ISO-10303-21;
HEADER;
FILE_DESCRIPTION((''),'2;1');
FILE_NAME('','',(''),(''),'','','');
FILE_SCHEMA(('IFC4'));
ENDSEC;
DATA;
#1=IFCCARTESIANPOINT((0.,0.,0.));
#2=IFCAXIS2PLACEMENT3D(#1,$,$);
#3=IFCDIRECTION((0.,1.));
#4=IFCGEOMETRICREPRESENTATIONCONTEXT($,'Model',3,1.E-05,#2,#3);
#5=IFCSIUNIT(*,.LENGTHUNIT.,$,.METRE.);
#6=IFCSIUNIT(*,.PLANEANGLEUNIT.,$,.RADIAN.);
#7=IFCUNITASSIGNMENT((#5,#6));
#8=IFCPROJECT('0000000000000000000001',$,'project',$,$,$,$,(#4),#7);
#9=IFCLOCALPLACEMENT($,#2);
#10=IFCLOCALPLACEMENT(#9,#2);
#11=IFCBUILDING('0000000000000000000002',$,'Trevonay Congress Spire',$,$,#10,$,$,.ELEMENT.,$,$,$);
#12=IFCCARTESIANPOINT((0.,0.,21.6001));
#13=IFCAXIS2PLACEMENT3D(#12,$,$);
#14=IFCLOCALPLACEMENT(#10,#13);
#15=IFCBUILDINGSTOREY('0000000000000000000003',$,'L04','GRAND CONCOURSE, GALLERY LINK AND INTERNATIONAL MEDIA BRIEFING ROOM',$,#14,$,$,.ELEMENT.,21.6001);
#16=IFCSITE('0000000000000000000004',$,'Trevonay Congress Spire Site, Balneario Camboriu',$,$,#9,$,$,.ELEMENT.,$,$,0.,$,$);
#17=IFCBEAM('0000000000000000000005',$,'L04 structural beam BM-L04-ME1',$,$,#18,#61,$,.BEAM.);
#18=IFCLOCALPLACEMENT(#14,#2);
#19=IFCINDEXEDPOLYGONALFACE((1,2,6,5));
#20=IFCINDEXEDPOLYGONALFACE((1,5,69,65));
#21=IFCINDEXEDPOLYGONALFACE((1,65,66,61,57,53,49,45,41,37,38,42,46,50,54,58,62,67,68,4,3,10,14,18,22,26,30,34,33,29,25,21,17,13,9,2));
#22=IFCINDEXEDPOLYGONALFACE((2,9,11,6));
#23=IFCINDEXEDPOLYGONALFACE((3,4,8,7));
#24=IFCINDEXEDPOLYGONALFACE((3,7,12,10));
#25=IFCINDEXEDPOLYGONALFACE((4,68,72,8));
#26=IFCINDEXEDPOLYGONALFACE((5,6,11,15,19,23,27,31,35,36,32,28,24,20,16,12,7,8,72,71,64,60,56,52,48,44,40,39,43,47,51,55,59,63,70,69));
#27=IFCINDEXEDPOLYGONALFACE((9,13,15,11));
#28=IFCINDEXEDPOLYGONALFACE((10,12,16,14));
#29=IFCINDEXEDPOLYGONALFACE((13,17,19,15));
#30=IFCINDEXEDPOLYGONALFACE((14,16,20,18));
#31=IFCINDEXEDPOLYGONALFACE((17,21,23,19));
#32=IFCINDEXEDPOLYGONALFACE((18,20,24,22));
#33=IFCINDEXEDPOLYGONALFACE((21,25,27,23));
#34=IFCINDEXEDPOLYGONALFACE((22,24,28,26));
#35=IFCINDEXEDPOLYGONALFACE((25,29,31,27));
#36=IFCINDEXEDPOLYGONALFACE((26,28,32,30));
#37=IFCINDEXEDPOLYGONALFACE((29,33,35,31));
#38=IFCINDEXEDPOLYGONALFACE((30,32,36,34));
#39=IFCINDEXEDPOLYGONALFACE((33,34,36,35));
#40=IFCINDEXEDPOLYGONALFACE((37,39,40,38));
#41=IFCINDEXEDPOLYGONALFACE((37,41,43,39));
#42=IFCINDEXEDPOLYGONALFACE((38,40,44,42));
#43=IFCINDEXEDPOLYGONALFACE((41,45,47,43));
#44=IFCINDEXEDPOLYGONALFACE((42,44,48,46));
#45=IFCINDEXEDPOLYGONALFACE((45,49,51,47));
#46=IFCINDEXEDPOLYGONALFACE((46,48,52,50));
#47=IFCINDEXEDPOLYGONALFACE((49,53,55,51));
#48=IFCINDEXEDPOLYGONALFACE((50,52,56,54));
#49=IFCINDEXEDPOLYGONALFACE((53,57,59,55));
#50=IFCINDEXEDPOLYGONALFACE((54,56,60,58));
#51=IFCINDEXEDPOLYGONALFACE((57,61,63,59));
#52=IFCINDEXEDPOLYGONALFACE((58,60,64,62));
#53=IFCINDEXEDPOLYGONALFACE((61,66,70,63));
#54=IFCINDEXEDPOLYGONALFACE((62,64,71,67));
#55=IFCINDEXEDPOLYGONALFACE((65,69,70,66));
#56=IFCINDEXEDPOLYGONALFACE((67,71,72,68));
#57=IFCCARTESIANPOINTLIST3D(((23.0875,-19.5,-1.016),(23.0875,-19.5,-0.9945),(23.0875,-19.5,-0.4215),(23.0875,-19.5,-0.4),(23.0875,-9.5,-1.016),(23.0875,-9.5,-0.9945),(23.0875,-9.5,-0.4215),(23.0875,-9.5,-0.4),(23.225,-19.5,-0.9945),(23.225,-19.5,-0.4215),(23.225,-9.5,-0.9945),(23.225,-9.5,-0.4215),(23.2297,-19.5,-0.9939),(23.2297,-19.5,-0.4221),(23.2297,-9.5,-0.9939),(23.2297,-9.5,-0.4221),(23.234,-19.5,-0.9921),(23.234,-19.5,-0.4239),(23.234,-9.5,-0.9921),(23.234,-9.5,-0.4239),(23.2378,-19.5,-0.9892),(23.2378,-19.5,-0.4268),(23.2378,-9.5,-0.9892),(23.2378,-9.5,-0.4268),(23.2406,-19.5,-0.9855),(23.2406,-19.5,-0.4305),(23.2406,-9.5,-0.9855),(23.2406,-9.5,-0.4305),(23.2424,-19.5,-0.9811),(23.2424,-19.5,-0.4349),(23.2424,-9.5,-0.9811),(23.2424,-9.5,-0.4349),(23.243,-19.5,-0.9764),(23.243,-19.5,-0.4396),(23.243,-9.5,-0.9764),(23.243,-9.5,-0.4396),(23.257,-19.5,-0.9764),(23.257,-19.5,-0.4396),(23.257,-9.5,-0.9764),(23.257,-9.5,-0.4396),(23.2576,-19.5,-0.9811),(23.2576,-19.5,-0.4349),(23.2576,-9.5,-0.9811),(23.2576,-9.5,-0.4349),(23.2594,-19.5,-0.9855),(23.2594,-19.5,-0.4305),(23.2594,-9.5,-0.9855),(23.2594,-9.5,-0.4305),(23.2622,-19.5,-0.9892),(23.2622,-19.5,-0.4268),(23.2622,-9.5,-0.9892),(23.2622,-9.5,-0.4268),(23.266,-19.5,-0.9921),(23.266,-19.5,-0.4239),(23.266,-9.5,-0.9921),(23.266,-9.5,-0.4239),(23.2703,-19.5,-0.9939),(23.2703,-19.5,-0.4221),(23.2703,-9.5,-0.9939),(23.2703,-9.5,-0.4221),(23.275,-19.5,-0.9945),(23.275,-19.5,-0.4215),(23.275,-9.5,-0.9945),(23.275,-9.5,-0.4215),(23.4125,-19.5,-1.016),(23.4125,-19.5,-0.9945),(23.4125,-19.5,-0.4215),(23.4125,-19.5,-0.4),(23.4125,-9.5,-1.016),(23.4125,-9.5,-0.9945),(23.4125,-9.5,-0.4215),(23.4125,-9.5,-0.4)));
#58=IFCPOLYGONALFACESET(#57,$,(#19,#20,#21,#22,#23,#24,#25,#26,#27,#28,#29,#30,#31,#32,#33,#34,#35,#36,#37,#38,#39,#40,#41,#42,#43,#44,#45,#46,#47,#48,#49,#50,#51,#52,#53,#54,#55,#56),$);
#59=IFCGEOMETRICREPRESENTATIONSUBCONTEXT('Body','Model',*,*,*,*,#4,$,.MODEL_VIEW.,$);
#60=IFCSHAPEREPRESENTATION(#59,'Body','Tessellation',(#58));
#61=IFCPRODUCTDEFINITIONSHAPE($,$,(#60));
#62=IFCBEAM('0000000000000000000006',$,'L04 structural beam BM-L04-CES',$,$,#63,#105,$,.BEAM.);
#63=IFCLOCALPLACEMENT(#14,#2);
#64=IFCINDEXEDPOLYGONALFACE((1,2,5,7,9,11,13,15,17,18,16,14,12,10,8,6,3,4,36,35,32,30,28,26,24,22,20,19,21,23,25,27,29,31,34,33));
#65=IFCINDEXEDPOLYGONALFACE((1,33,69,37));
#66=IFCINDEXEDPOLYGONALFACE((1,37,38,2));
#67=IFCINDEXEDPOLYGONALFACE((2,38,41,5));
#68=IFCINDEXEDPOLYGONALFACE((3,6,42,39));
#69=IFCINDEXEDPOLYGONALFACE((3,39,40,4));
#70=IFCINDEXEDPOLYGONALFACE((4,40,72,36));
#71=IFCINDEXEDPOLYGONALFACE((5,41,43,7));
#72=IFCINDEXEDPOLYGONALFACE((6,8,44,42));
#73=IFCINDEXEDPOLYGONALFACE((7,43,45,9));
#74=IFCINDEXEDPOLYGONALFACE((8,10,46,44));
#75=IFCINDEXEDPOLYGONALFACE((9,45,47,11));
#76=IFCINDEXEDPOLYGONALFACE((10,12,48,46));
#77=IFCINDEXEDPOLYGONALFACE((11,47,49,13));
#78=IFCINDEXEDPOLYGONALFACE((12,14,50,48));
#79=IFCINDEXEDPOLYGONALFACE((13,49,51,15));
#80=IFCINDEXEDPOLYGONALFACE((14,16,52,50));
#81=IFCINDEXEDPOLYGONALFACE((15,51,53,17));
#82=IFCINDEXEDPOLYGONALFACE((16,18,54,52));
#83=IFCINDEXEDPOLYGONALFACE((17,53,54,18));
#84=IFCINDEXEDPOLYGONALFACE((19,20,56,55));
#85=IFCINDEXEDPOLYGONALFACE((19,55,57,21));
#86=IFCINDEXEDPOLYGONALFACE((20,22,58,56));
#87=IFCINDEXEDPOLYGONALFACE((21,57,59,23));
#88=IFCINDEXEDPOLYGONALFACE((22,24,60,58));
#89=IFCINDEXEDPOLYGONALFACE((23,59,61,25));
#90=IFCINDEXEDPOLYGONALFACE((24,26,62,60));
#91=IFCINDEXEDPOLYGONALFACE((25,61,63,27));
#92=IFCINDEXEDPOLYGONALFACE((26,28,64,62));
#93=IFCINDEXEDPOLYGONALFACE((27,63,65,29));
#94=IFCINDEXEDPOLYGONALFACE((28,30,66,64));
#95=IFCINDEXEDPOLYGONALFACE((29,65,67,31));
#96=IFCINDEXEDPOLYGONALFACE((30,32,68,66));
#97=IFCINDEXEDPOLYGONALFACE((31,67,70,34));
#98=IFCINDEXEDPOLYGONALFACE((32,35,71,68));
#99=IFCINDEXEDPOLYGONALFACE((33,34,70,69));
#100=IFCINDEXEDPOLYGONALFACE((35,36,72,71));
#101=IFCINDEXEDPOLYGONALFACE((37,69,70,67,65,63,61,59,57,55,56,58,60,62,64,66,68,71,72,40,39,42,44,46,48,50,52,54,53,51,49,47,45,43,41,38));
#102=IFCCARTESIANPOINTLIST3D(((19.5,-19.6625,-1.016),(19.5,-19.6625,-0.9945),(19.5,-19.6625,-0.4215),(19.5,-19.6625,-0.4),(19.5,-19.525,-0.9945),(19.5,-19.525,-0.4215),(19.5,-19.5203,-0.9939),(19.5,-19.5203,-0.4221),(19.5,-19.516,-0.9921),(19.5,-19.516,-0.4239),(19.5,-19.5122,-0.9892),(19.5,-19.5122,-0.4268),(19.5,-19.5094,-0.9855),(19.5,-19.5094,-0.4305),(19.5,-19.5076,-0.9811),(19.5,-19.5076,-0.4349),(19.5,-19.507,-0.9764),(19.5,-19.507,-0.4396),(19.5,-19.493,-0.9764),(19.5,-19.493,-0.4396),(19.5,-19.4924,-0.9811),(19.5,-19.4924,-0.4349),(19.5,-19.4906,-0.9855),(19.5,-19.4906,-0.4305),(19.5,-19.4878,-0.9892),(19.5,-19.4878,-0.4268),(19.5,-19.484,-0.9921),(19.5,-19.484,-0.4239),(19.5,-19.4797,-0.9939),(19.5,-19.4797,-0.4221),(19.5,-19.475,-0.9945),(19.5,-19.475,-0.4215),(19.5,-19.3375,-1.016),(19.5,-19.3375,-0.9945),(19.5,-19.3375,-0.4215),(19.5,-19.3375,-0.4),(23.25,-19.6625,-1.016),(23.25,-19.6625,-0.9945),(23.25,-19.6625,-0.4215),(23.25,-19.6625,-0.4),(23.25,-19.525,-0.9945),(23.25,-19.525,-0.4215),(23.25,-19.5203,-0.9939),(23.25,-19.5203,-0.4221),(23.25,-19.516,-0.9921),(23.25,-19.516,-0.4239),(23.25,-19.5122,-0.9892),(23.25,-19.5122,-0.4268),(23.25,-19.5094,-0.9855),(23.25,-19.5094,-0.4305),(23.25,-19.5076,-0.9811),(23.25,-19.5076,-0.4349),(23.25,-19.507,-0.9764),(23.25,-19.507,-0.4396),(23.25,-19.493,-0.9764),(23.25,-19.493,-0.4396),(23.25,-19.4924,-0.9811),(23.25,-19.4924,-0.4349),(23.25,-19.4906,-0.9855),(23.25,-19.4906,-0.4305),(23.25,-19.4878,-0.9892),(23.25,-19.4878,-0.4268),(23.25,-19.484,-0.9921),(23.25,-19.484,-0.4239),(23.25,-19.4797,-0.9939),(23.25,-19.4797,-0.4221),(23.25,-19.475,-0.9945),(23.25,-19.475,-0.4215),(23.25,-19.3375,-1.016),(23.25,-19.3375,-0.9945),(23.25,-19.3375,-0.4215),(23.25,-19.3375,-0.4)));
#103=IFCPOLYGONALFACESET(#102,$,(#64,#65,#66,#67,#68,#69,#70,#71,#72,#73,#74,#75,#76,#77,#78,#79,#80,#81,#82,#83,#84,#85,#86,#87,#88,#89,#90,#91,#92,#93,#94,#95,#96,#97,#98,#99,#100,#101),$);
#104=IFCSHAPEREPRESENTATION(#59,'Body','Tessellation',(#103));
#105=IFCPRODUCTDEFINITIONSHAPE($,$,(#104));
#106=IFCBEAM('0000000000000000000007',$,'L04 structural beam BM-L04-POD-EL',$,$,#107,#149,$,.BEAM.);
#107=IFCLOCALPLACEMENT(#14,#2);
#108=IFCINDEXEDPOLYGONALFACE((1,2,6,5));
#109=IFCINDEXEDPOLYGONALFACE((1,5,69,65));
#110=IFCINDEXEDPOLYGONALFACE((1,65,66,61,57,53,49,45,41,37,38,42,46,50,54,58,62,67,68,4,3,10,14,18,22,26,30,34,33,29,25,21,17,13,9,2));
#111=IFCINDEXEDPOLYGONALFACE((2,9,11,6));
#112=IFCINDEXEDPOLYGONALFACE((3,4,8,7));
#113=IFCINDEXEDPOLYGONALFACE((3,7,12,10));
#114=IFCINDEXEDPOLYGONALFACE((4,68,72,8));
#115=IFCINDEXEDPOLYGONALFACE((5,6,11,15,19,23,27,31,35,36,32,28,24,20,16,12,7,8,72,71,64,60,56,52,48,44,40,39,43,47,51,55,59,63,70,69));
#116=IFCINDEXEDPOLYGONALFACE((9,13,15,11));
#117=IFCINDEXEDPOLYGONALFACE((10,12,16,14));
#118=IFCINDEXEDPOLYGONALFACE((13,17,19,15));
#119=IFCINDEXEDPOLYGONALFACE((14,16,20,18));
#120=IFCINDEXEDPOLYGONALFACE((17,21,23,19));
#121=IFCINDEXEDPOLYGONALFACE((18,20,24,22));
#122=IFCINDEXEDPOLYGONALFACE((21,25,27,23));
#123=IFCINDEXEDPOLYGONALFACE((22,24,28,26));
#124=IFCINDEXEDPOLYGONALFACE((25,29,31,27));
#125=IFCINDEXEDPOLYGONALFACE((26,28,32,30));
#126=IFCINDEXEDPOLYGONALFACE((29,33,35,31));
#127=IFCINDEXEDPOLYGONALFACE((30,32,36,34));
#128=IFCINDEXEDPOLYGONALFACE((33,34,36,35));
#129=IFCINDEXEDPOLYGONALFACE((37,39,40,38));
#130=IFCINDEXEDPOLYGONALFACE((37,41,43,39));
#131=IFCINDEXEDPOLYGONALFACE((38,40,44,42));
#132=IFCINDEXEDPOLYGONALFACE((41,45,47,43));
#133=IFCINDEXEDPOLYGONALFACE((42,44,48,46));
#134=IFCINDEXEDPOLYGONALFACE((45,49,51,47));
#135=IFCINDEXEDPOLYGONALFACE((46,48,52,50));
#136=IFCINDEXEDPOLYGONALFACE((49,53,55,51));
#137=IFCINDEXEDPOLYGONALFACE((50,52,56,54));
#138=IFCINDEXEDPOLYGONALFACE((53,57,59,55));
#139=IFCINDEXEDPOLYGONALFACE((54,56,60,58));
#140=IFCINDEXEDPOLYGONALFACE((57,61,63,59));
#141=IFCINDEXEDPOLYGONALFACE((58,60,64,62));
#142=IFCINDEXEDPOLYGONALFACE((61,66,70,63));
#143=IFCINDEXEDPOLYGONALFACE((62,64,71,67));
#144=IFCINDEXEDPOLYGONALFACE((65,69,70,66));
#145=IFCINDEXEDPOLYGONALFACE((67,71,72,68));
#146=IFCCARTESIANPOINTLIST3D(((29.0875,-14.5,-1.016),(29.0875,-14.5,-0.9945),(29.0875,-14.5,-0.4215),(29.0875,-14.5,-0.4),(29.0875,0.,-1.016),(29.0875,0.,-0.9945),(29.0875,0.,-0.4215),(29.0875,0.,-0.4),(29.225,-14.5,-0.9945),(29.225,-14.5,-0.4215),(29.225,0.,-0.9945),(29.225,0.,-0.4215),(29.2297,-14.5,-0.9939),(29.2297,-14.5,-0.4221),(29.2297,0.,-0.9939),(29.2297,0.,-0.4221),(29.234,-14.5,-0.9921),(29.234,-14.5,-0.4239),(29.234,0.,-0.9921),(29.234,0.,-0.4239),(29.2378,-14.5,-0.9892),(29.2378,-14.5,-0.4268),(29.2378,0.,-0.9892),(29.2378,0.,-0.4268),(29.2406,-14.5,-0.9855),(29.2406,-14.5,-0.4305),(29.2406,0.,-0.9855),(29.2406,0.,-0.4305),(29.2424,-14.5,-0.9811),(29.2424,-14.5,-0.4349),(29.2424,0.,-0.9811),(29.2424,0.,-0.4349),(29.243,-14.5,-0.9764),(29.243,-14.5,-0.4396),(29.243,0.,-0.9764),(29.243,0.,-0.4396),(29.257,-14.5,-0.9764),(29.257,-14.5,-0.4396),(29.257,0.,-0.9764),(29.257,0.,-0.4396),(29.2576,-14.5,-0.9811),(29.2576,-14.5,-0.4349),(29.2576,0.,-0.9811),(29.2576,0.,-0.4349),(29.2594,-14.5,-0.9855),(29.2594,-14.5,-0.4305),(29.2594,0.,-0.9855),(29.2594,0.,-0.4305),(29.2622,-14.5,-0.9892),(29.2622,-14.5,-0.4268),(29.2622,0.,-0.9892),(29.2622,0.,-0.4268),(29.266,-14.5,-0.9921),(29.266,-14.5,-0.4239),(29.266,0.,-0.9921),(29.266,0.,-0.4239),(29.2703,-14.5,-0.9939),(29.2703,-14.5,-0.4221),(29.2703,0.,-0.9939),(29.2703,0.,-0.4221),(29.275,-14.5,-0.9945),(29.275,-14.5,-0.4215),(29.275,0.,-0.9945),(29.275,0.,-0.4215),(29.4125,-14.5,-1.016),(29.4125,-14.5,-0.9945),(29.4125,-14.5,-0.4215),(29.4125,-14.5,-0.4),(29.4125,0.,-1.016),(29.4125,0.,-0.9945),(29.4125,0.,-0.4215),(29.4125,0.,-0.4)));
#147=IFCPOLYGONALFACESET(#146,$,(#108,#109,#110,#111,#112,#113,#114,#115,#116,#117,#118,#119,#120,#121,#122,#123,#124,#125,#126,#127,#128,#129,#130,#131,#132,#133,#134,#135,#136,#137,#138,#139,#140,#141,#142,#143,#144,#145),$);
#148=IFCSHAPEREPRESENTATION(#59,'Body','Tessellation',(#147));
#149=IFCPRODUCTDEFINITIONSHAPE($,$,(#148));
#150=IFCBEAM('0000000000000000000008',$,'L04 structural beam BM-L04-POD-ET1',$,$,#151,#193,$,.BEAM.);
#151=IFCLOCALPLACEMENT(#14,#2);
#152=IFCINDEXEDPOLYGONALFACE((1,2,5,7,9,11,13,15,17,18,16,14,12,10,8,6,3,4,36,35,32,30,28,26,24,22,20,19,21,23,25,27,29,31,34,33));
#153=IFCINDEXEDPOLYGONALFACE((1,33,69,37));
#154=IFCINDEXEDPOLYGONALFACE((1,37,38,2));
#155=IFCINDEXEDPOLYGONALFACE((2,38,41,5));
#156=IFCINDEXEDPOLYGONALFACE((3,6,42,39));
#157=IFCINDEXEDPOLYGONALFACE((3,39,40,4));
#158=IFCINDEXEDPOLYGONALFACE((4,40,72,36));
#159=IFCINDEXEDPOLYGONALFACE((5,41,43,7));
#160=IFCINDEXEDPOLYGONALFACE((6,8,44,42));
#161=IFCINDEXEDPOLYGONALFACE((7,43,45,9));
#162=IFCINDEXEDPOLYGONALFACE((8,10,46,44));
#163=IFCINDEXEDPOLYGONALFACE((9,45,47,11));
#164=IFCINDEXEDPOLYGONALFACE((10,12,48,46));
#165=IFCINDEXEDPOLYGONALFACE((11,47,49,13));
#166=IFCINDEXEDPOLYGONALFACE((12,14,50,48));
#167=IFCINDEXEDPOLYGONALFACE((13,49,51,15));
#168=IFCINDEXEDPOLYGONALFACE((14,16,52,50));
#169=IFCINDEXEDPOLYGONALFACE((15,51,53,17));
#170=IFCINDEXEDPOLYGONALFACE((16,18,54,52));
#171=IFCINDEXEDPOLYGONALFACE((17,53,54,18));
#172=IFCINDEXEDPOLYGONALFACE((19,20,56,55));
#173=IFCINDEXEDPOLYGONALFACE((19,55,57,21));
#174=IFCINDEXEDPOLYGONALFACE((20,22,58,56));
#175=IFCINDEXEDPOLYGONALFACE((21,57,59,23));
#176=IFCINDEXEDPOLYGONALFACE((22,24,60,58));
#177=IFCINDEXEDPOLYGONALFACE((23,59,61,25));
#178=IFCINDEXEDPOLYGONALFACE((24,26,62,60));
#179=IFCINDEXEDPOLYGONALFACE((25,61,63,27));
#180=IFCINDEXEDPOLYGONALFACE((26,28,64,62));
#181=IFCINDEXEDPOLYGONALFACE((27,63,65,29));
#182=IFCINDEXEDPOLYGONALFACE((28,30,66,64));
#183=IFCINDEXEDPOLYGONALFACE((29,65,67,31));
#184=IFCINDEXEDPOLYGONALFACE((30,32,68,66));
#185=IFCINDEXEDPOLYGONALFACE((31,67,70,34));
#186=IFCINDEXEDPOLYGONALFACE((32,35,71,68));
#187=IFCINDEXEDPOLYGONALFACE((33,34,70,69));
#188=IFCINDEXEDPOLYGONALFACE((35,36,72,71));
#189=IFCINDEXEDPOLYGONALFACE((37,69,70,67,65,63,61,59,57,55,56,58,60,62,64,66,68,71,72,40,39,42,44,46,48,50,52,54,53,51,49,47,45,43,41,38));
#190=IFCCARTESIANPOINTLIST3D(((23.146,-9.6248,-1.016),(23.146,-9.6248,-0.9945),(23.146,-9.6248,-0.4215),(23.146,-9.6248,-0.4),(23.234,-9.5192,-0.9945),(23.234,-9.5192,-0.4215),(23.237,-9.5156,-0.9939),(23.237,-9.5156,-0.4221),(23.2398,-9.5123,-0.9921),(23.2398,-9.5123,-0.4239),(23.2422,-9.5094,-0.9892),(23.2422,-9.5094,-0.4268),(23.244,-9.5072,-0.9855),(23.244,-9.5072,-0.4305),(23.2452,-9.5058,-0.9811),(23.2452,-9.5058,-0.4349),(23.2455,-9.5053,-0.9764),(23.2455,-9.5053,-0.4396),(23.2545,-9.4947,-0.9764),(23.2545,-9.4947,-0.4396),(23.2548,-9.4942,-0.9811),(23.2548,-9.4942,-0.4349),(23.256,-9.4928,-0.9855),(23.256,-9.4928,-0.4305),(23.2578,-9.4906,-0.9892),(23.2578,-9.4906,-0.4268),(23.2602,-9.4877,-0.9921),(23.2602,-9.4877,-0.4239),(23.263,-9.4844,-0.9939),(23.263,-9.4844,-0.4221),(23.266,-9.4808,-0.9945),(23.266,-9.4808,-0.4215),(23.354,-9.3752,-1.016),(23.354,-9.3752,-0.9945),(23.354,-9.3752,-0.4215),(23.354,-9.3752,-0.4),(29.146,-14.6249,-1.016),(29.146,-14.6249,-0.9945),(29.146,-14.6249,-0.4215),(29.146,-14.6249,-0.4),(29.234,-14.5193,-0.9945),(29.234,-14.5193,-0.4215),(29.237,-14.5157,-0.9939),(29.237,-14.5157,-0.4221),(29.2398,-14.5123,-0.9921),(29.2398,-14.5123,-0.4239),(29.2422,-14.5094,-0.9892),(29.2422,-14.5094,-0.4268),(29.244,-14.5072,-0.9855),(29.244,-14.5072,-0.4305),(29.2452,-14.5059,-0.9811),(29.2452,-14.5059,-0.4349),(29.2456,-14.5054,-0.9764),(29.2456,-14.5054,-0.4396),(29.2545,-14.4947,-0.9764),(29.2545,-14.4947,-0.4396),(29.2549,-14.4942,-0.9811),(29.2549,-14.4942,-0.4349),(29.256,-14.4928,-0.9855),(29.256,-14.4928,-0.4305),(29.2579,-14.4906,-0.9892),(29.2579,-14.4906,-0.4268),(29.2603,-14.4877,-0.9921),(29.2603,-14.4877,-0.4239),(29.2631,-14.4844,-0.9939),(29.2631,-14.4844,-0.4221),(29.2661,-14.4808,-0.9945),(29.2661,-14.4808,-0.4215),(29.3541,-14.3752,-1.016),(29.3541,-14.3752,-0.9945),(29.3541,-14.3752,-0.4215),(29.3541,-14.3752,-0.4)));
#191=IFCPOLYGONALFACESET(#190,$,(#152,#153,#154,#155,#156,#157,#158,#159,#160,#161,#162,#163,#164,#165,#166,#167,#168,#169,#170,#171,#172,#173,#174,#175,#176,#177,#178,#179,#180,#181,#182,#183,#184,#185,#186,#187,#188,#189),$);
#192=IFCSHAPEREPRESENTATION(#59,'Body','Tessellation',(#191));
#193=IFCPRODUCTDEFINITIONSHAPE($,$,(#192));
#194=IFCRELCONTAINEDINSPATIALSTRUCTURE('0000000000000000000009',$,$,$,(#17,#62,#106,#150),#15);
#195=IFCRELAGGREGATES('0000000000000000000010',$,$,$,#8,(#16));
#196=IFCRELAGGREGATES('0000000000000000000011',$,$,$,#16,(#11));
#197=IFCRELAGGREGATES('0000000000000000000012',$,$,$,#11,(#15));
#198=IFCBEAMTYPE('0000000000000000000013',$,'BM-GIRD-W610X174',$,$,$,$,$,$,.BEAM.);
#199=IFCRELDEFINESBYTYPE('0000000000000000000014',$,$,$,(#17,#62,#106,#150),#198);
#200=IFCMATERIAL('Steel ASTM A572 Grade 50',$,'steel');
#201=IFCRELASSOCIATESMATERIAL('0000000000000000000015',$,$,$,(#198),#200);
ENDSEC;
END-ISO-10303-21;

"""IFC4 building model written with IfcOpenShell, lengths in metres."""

from ifc_helpers import new_model, si_unit, direction, frame, origin, origin_2d, place, context, subcontext, project, spatial, i_section, extrude, material, material_profile, profile_set, type_object, element, save


model = new_model("IFC4")

# Units and contexts
model_context = context("Model", 3, precision=1e-05, world=origin(), true_north=direction((0.0, 1.0)))
body_context = subcontext(model_context, "Body", "Model", "MODEL_VIEW")
ifc_project = project(units=[si_unit("LENGTHUNIT", "METRE"), si_unit("PLANEANGLEUNIT", "RADIAN")], contexts=[model_context])

# Site, building, storey
site_placement = place(None, origin())
site = spatial("IfcSite", under=ifc_project, at=site_placement, Name="Trevonay Congress Spire Site, Balneario Camboriu", CompositionType="ELEMENT", RefElevation=0.0)
building_placement = place(site_placement, origin())
building = spatial("IfcBuilding", under=site, at=building_placement, Name="Trevonay Congress Spire", CompositionType="ELEMENT")
storey_placement = place(building_placement, frame((0.0, 0.0, 21.6001)))
storey = spatial("IfcBuildingStorey", under=building, at=storey_placement, Name="L04", Description="GRAND CONCOURSE, GALLERY LINK AND INTERNATIONAL MEDIA BRIEFING ROOM", CompositionType="ELEMENT", Elevation=21.6001)

# Shared definitions
ifc_material_1 = material(Name="Steel ASTM A572 Grade 50", Category="steel")

# Beams
ifc_material_profile_1 = material_profile(ifc_material_1, i_section(OverallWidth=0.325, OverallDepth=0.616, WebThickness=0.0139, FlangeThickness=0.0215, FilletRadius=0.0181, at=origin_2d()), Name="W610x174")
ifc_profile_set_1 = profile_set([ifc_material_profile_1], Name="Steel ASTM A572 Grade 50")
beam_type_1 = type_object("IfcBeamType", Name="BM-GIRD-W610X174", PredefinedType="BEAM", material=ifc_profile_set_1)
beam_1_placement = place(storey_placement, frame((23.25, -19.5, -0.708), z_axis=(0.0, 1.0, 0.0), x_axis=(-1.0, 0.0, 0.0)))
element("IfcBeam", 1, at=beam_1_placement, inside=storey, type_object=beam_type_1, Name="L04 structural beam BM-L04-ME1", PredefinedType="BEAM", context=body_context, shape_type="SweptSolid", body=[
    extrude(i_section(OverallWidth=0.325, OverallDepth=0.616, WebThickness=0.0139, FlangeThickness=0.0215, FilletRadius=0.0181, at=origin_2d()), origin(), (0.0, 0.0, 1.0), 10.0),
])
beam_2_placement = place(storey_placement, frame((23.25, -19.5, -0.708), z_axis=(-1.0, 0.0, 0.0), x_axis=(0.0, -1.0, 0.0)))
element("IfcBeam", 2, at=beam_2_placement, inside=storey, type_object=beam_type_1, Name="L04 structural beam BM-L04-CES", PredefinedType="BEAM", context=body_context, shape_type="SweptSolid", body=[
    extrude(i_section(OverallWidth=0.325, OverallDepth=0.616, WebThickness=0.0139, FlangeThickness=0.0215, FilletRadius=0.0181, at=origin_2d()), origin(), (0.0, 0.0, 1.0), 3.75),
])
beam_3_placement = place(storey_placement, frame((29.25, -14.5, -0.708), z_axis=(0.0, 1.0, 0.0), x_axis=(-1.0, 0.0, 0.0)))
element("IfcBeam", 3, at=beam_3_placement, inside=storey, type_object=beam_type_1, Name="L04 structural beam BM-L04-POD-EL", PredefinedType="BEAM", context=body_context, shape_type="SweptSolid", body=[
    extrude(i_section(OverallWidth=0.325, OverallDepth=0.616, WebThickness=0.0139, FlangeThickness=0.0215, FilletRadius=0.0181, at=origin_2d()), origin(), (0.0, 0.0, 1.0), 14.5),
])
beam_4_placement = place(storey_placement, frame((23.25, -9.5, -0.708), z_axis=(0.768221, -0.640184, 0.0), x_axis=(0.640184, 0.768221, 0.0)))
element("IfcBeam", 4, at=beam_4_placement, inside=storey, type_object=beam_type_1, Name="L04 structural beam BM-L04-POD-ET1", PredefinedType="BEAM", context=body_context, shape_type="SweptSolid", body=[
    extrude(i_section(OverallWidth=0.325, OverallDepth=0.616, WebThickness=0.0139, FlangeThickness=0.0215, FilletRadius=0.0181, at=origin_2d()), origin(), (0.0, 0.0, 1.0), 7.8103),
])

save(model, "model.ifc")
